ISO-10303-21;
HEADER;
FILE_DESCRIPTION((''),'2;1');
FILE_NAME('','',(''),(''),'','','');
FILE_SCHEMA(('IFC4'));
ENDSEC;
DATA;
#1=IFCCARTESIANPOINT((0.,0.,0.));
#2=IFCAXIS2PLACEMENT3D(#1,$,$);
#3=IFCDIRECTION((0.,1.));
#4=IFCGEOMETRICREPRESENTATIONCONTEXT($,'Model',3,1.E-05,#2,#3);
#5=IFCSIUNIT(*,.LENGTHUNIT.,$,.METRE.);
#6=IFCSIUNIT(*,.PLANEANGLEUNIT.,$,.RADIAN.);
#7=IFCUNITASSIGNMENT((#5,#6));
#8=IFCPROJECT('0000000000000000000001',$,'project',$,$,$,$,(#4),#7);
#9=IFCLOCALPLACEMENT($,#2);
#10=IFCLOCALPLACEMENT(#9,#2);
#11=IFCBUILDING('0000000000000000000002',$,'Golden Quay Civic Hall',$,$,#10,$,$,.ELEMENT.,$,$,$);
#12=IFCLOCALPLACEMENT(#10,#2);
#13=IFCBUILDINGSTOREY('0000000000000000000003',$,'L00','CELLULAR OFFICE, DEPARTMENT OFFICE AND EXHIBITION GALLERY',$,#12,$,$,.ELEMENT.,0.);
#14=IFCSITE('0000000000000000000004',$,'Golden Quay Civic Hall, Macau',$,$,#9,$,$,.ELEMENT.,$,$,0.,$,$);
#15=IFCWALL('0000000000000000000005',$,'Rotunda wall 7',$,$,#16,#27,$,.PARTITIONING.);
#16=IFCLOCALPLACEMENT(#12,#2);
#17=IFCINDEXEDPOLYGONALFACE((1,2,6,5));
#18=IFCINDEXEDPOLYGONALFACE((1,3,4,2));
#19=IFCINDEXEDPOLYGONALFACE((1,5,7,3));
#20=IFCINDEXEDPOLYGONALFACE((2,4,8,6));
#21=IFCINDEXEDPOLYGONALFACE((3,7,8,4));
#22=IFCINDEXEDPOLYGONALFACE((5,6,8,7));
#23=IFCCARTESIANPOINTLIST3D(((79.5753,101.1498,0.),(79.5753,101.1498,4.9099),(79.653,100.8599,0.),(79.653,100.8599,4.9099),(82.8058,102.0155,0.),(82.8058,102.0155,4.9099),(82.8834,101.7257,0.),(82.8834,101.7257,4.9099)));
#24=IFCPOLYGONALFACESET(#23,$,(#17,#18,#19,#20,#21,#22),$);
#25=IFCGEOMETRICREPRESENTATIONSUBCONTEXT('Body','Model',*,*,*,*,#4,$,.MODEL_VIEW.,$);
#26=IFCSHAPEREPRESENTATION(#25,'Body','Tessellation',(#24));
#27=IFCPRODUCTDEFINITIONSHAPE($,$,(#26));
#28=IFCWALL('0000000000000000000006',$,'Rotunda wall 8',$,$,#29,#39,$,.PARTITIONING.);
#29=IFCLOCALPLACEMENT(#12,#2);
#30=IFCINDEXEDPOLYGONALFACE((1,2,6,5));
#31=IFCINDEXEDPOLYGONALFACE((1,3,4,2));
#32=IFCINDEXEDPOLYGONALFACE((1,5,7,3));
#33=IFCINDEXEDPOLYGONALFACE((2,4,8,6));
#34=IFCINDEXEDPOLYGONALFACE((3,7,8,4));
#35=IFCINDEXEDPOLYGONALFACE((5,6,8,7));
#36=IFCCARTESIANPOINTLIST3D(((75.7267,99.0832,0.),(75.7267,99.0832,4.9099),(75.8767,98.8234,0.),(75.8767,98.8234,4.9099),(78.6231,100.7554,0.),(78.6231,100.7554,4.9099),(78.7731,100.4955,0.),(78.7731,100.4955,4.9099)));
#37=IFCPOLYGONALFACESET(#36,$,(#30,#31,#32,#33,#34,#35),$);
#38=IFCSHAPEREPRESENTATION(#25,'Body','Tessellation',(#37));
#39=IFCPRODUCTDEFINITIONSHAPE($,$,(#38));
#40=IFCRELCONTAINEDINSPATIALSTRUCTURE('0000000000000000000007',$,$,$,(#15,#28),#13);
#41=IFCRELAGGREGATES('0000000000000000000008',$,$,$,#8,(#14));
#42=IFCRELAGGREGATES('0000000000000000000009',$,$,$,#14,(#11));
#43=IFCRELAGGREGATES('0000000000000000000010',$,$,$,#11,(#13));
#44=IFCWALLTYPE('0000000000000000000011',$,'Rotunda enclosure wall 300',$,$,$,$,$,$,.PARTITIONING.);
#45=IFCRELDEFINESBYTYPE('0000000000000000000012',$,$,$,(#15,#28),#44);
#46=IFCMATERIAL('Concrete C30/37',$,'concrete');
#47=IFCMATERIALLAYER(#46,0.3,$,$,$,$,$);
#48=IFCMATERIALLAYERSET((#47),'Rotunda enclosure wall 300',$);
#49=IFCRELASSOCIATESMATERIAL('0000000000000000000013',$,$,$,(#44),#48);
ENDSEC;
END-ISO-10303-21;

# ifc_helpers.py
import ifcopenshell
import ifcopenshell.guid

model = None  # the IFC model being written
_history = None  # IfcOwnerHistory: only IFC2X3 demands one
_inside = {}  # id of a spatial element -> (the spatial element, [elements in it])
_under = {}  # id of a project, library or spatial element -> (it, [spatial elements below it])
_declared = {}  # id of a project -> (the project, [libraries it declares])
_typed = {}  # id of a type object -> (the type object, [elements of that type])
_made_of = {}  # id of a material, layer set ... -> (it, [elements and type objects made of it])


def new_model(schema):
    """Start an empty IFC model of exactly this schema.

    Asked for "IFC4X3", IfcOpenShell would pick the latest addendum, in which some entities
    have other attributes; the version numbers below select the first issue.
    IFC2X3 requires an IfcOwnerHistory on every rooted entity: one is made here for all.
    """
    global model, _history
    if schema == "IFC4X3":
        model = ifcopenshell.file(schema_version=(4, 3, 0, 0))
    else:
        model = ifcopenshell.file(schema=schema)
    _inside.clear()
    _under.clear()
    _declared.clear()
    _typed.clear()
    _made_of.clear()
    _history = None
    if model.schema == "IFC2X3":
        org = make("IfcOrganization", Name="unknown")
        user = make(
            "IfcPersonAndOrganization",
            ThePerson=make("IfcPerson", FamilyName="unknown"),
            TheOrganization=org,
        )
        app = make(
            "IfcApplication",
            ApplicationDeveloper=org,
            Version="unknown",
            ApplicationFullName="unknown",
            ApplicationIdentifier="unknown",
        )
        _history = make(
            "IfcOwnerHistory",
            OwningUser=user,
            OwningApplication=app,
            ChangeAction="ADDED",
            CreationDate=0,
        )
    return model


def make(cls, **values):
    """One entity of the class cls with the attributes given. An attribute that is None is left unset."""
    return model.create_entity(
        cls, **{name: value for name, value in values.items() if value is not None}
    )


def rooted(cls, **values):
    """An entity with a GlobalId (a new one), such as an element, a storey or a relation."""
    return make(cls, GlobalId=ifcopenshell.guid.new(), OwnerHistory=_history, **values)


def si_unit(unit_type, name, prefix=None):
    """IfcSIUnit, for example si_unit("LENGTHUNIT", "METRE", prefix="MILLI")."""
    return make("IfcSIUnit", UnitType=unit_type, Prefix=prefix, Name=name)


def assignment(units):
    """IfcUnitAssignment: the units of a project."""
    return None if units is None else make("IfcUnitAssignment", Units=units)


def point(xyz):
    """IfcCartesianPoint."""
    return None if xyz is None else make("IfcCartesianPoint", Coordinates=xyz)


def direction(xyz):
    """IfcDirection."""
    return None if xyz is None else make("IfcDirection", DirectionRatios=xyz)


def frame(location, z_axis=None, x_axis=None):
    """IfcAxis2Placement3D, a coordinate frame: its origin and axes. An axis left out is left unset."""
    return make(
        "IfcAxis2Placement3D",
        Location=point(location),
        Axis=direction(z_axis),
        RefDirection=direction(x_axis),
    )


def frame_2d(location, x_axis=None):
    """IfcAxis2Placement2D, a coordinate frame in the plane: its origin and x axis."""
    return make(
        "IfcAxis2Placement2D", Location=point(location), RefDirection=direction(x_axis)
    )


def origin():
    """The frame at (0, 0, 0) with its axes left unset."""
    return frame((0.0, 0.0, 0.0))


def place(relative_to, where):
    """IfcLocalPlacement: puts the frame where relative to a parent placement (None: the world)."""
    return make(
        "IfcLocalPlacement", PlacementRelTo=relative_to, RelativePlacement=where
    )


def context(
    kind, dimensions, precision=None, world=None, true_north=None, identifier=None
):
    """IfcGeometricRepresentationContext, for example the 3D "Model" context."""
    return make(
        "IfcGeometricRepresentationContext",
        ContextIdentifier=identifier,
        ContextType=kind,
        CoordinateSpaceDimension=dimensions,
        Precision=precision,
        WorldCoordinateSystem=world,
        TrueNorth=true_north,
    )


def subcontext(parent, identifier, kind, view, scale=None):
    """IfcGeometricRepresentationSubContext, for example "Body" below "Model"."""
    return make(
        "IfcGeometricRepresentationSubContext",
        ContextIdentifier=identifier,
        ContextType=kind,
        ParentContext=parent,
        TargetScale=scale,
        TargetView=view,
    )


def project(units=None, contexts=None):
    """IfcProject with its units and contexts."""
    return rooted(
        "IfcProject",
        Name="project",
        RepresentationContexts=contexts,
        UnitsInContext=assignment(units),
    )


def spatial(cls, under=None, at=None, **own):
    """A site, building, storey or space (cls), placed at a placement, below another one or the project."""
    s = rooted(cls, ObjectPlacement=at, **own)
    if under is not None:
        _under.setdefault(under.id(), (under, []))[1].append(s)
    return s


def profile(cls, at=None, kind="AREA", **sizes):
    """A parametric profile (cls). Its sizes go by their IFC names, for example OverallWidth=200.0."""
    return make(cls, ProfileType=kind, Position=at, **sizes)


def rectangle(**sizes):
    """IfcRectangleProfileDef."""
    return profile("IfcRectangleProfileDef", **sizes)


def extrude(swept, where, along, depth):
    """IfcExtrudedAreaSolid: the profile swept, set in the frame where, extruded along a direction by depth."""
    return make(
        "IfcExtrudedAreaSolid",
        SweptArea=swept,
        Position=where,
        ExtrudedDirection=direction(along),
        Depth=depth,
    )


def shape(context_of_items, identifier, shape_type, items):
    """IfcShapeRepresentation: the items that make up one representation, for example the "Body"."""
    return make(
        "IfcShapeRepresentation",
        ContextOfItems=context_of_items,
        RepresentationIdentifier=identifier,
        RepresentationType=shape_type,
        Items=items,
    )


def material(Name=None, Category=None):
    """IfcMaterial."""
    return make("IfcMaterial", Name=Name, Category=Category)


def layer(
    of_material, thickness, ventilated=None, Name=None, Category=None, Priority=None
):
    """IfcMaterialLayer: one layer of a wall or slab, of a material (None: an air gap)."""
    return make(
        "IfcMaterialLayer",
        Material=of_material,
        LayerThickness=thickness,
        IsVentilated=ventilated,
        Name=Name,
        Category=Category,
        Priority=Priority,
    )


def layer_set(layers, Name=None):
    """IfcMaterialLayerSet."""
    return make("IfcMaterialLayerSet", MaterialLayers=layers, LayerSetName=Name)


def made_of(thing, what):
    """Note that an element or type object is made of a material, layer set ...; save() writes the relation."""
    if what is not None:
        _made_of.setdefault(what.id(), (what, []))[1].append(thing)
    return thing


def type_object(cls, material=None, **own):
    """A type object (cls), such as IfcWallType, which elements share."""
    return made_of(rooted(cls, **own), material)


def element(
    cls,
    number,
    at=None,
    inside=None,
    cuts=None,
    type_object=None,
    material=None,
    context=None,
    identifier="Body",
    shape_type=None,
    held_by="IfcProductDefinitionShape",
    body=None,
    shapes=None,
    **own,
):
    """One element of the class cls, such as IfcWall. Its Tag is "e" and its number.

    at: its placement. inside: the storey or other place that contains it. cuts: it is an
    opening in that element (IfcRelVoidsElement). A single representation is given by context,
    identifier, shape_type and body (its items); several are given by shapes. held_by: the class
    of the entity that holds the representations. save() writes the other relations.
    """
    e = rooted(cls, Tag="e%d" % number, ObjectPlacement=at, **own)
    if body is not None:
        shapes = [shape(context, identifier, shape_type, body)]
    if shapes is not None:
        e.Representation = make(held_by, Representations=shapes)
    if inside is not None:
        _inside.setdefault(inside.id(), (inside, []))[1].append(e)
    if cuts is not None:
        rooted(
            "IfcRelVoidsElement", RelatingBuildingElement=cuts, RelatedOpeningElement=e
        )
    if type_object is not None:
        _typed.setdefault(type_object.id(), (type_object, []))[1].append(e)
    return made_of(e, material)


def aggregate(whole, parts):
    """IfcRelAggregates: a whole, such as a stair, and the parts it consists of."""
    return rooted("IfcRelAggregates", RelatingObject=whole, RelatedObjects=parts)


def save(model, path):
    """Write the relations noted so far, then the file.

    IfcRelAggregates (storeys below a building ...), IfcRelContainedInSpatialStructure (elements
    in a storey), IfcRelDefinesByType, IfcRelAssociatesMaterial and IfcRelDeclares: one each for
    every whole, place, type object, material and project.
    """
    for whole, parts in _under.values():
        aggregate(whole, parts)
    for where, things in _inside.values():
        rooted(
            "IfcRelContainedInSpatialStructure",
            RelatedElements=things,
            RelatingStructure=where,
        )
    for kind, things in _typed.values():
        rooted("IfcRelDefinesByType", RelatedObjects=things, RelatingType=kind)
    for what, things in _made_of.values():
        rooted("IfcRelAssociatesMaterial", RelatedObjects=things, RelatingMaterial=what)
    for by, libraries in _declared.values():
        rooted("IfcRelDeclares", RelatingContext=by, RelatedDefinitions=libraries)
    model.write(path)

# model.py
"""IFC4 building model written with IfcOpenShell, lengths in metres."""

from ifc_helpers import new_model, si_unit, direction, frame, frame_2d, origin, place, context, subcontext, project, spatial, rectangle, extrude, material, layer, layer_set, type_object, element, save


model = new_model("IFC4")

# Units and contexts
model_context = context("Model", 3, precision=1e-05, world=origin(), true_north=direction((0.0, 1.0)))
body_context = subcontext(model_context, "Body", "Model", "MODEL_VIEW")
ifc_project = project(units=[si_unit("LENGTHUNIT", "METRE"), si_unit("PLANEANGLEUNIT", "RADIAN")], contexts=[model_context])

# Site, building, storey
site_placement = place(None, origin())
site = spatial("IfcSite", under=ifc_project, at=site_placement, Name="Golden Quay Civic Hall, Macau", CompositionType="ELEMENT", RefElevation=0.0)
building_placement = place(site_placement, origin())
building = spatial("IfcBuilding", under=site, at=building_placement, Name="Golden Quay Civic Hall", CompositionType="ELEMENT")
storey_placement = place(building_placement, origin())
storey = spatial("IfcBuildingStorey", under=building, at=storey_placement, Name="L00", Description="CELLULAR OFFICE, DEPARTMENT OFFICE AND EXHIBITION GALLERY", CompositionType="ELEMENT", Elevation=0.0)

# Walls
ifc_material_1 = material(Name="Concrete C30/37", Category="concrete")
ifc_layer_1 = layer(ifc_material_1, 0.3)
ifc_layer_set_1 = layer_set([ifc_layer_1], Name="Rotunda enclosure wall 300")
wall_type_1 = type_object("IfcWallType", Name="Rotunda enclosure wall 300", PredefinedType="PARTITIONING", material=ifc_layer_set_1)
for number, where, z_axis, x_axis, name in (
    (1, (82.8447, 101.8706, 0.0), (0.0, 0.0, 1.0), (-0.965917, -0.258853, 0.0), "Rotunda wall 7"),
    (2, (78.6982, 100.6255, 0.0), (0.0, 0.0, 1.0), (-0.866047, -0.499963, 0.0), "Rotunda wall 8"),
):
    element("IfcWall", number, at=place(storey_placement, frame(where, z_axis=z_axis, x_axis=x_axis)), inside=storey, type_object=wall_type_1, Name=name, PredefinedType="PARTITIONING", context=body_context, shape_type="SweptSolid", body=[
        extrude(rectangle(XDim=3.3445, YDim=0.3, at=frame_2d((1.6724, 0.0))), origin(), (0.0, 0.0, 1.0), 4.9099),
    ])

save(model, "model.ifc")
